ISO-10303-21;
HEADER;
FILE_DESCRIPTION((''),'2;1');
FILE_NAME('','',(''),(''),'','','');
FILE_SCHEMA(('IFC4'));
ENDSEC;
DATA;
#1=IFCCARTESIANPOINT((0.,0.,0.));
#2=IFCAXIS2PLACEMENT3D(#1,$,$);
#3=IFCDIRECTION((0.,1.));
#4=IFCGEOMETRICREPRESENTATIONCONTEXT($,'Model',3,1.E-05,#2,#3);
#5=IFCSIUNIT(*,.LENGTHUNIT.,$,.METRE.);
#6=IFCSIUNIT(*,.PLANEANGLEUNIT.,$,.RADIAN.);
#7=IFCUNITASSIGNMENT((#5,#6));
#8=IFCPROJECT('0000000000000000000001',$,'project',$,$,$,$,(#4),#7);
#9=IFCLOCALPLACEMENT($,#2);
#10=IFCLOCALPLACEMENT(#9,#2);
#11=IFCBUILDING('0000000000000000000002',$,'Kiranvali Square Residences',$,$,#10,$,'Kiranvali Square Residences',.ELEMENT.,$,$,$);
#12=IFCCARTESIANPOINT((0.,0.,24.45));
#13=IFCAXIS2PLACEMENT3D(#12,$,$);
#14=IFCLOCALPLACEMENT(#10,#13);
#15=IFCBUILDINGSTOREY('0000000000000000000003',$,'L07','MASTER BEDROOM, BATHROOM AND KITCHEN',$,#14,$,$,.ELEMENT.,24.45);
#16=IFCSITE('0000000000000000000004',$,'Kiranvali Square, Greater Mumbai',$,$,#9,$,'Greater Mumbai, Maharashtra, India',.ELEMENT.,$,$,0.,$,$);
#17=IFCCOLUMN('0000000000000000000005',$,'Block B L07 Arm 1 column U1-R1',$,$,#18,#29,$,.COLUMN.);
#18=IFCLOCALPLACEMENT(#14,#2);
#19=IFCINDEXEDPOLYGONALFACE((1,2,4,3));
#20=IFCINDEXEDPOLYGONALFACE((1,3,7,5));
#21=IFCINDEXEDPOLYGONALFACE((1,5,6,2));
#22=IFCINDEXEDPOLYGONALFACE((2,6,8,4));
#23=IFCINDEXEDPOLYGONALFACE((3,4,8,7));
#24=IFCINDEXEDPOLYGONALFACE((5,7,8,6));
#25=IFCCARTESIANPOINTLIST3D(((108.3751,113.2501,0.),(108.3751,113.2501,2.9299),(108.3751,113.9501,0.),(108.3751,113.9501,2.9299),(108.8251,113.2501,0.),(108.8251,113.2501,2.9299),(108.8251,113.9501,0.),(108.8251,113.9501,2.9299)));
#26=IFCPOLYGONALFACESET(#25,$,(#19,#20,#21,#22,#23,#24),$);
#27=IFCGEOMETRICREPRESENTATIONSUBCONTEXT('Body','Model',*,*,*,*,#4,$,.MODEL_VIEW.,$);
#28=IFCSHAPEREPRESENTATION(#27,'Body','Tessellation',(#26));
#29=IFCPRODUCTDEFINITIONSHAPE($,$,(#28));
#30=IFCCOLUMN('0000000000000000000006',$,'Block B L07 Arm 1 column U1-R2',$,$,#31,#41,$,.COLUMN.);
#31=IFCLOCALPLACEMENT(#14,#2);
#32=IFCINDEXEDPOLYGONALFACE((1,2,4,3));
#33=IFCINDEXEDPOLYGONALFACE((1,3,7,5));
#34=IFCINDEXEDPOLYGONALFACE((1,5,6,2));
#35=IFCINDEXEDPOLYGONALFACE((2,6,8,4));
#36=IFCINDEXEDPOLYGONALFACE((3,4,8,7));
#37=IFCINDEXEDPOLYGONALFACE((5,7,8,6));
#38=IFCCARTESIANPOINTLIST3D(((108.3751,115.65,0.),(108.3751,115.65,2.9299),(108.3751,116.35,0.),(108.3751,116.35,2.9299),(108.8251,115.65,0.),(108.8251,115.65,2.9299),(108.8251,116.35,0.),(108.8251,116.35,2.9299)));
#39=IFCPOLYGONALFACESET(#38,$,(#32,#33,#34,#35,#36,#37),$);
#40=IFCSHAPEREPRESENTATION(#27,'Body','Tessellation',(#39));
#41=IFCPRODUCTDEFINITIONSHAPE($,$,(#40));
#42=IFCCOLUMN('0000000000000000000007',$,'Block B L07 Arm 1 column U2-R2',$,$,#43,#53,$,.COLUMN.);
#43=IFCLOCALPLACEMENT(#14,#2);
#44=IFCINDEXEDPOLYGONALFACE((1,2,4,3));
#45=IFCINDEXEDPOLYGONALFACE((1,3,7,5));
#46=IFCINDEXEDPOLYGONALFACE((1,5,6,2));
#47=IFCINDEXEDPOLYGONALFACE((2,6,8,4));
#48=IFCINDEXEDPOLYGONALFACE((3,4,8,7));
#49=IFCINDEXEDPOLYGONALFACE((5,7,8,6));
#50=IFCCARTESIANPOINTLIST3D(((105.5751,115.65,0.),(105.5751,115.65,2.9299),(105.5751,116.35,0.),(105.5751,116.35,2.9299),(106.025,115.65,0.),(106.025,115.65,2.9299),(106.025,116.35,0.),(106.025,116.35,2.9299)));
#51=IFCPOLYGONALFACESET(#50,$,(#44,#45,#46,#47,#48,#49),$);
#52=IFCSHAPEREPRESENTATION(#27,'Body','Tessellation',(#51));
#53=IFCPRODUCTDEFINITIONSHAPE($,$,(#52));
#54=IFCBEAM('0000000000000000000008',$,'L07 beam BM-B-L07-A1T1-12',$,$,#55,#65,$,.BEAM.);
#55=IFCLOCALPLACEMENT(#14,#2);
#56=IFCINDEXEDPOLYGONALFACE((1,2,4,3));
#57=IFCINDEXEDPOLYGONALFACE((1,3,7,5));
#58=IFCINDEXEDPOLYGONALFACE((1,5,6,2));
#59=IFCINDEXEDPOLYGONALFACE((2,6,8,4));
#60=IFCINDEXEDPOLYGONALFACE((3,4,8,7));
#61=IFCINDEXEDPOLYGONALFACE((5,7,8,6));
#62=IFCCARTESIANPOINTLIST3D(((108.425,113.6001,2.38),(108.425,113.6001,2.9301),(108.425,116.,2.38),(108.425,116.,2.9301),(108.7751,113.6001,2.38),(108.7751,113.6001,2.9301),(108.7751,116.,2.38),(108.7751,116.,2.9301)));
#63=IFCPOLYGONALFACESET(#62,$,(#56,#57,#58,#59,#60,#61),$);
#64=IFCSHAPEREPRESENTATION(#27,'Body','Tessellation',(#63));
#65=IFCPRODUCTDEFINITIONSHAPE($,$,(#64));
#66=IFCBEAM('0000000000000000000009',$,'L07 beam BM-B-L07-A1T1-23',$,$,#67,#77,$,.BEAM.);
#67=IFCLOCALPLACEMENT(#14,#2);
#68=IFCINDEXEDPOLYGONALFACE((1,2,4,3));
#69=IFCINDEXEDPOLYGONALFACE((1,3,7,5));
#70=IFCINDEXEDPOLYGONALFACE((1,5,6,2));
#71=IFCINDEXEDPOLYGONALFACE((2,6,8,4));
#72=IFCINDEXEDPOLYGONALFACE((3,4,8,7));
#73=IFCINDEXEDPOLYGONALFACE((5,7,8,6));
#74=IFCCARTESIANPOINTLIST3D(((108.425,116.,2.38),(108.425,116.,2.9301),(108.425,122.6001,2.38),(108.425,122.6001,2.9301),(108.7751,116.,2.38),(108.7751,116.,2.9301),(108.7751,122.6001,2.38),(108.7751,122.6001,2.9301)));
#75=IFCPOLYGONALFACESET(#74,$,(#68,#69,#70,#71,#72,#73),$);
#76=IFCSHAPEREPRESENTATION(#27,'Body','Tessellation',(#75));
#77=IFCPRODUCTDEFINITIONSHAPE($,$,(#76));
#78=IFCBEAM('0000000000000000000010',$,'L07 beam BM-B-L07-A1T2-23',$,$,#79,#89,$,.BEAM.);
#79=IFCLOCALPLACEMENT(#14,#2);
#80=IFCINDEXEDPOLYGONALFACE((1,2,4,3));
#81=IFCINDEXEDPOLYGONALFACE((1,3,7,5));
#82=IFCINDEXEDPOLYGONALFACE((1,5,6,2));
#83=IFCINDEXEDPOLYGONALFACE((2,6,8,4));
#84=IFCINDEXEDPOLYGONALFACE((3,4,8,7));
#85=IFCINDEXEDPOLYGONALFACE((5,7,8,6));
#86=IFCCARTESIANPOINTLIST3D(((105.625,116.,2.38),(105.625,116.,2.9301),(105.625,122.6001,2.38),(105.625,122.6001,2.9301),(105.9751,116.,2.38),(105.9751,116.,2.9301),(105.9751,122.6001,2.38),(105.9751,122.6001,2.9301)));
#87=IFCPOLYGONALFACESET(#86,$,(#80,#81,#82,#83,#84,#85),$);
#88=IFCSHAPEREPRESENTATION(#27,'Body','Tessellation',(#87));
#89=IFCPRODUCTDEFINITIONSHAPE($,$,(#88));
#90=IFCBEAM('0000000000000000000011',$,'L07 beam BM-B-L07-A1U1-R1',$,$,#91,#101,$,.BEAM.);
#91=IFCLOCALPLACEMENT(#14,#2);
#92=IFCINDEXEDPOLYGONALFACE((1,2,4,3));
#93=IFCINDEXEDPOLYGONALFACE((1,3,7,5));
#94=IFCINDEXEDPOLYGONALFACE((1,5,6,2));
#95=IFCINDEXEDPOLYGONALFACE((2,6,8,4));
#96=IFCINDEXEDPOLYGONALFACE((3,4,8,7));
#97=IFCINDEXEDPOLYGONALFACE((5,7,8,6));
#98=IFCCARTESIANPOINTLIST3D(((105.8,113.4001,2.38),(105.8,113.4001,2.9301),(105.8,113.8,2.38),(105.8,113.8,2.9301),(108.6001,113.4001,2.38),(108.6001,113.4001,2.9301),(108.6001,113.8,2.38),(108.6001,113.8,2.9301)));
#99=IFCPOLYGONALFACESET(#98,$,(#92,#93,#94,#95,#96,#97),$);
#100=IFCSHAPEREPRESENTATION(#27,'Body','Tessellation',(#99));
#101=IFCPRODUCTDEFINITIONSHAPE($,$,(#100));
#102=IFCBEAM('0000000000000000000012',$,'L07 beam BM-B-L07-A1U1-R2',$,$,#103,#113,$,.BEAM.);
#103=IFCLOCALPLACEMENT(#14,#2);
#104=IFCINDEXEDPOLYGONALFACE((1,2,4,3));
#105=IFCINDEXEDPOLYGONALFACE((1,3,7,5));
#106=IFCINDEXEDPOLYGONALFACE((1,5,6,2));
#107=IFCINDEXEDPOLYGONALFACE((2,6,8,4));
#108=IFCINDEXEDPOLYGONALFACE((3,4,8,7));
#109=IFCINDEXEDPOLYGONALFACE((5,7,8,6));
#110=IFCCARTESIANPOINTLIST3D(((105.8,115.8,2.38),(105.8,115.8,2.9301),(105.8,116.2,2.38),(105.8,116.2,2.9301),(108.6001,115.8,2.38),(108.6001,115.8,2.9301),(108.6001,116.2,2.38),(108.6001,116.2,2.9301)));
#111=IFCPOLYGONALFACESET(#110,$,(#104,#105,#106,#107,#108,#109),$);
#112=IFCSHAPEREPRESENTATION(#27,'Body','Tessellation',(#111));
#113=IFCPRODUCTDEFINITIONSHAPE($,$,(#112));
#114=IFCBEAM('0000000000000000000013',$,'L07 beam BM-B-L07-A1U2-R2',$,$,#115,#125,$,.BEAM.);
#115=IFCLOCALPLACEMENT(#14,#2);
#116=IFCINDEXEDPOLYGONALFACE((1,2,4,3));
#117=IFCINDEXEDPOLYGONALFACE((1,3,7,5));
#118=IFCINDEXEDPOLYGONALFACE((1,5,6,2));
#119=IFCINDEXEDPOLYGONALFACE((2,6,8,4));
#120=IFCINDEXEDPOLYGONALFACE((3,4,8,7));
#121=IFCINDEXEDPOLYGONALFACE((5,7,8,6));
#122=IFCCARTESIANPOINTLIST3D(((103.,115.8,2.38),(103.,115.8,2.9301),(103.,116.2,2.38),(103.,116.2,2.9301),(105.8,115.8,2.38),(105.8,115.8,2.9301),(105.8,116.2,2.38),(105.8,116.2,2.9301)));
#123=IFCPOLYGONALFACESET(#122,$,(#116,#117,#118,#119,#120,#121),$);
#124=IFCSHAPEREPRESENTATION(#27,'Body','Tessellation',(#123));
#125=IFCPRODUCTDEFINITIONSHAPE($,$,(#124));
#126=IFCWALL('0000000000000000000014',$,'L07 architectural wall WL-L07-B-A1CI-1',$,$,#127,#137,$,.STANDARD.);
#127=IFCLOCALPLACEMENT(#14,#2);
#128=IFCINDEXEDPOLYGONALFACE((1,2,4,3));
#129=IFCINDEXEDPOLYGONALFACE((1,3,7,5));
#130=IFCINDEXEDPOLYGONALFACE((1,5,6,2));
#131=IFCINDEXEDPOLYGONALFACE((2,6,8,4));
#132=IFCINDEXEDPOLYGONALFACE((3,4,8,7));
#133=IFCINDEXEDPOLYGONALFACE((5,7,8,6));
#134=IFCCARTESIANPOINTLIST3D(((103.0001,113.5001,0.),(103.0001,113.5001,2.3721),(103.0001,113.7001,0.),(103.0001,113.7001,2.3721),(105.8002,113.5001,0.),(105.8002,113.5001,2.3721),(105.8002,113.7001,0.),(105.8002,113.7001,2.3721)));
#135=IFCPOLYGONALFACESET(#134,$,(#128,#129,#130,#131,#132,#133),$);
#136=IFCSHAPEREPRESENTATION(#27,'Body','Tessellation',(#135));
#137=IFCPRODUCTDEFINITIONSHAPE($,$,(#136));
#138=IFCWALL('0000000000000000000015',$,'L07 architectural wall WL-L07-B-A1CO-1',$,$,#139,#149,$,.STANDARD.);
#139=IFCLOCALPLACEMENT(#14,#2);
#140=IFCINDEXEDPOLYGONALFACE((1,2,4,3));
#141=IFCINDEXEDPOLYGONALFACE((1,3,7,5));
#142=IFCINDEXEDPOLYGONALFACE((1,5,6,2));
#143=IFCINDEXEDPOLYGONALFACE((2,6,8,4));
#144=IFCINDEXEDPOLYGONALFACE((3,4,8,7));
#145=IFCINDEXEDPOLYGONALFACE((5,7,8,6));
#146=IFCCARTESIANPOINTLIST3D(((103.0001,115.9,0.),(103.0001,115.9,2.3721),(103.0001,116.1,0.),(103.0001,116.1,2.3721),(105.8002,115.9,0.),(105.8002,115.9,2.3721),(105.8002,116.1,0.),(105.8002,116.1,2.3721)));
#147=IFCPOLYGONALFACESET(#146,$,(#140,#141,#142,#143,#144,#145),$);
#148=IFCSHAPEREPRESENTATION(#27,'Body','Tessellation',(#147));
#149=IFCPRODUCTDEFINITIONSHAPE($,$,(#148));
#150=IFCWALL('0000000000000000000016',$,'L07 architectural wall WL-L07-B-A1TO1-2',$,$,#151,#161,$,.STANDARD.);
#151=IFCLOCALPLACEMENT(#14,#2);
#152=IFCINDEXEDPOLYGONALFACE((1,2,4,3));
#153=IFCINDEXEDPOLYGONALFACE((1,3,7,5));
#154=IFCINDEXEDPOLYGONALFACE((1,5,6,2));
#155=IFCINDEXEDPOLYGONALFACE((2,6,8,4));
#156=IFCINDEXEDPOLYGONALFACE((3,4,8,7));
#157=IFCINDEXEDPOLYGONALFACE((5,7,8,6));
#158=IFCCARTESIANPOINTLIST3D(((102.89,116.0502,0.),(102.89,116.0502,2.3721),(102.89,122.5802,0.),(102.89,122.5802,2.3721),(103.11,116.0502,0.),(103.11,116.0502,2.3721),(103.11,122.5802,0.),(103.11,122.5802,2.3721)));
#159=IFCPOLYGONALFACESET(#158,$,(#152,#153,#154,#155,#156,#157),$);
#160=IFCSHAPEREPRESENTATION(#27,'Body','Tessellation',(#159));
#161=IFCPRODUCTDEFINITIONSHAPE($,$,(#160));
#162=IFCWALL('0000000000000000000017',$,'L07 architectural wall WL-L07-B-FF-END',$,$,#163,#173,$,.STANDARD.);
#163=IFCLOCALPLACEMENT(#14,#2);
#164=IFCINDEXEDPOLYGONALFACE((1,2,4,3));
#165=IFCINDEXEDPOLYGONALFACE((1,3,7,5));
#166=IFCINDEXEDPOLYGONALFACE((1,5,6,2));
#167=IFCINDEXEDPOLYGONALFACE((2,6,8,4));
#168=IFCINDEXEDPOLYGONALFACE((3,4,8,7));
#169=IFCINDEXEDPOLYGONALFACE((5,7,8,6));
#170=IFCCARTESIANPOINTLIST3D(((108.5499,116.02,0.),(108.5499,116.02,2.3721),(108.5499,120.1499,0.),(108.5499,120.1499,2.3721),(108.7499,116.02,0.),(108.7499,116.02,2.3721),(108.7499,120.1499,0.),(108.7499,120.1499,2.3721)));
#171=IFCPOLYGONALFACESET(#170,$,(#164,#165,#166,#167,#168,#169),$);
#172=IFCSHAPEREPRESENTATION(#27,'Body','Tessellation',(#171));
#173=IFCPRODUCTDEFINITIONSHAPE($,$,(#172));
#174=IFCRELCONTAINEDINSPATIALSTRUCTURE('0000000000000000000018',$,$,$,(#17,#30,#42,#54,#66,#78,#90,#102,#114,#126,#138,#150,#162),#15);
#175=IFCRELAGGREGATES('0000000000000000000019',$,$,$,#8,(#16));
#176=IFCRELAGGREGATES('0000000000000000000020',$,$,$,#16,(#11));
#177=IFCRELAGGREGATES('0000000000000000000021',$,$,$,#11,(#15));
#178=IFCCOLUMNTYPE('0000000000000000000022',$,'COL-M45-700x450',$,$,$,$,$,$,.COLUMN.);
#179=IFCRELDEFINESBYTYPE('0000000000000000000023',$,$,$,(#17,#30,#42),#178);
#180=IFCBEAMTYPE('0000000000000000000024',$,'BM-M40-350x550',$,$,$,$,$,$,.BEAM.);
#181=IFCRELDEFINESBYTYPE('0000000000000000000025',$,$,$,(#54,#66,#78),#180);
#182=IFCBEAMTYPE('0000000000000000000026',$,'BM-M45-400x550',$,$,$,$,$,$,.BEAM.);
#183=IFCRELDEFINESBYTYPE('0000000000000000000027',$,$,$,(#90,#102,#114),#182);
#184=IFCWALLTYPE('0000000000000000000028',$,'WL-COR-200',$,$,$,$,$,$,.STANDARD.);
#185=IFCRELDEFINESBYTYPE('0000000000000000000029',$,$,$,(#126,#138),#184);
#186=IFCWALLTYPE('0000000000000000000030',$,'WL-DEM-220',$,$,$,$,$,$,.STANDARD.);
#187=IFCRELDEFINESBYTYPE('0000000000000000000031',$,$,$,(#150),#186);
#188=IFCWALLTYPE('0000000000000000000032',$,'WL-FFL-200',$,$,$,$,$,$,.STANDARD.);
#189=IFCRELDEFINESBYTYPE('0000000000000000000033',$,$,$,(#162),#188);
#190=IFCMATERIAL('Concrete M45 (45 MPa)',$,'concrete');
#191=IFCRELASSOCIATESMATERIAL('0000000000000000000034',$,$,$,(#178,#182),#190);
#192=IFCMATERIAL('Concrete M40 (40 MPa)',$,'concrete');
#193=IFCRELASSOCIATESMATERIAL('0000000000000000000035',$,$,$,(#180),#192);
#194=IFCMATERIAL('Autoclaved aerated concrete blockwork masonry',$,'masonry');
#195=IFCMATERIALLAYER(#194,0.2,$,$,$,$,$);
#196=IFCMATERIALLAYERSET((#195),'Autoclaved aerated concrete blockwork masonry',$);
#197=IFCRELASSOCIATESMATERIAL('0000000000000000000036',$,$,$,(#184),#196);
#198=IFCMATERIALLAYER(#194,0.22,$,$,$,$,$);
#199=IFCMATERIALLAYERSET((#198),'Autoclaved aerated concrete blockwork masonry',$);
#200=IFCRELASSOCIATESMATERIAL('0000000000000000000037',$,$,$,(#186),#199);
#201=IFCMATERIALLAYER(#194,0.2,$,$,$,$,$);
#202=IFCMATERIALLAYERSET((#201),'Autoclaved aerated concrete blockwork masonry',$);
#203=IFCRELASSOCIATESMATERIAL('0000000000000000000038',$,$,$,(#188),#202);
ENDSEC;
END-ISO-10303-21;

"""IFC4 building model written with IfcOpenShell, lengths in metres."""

from ifc_helpers import new_model, si_unit, direction, frame, frame_2d, origin, origin_2d, place, context, subcontext, project, spatial, rectangle, extrude, material, layer, layer_set, material_profile, profile_set, type_object, element, save


model = new_model("IFC4")

# Units and contexts
model_context = context("Model", 3, precision=1e-05, world=origin(), true_north=direction((0.0, 1.0)))
body_context = subcontext(model_context, "Body", "Model", "MODEL_VIEW")
ifc_project = project(units=[si_unit("LENGTHUNIT", "METRE"), si_unit("PLANEANGLEUNIT", "RADIAN")], contexts=[model_context])

# Site, building, storey
site_placement = place(None, origin())
site = spatial("IfcSite", under=ifc_project, at=site_placement, Name="Kiranvali Square, Greater Mumbai", LongName="Greater Mumbai, Maharashtra, India", CompositionType="ELEMENT", RefElevation=0.0)
building_placement = place(site_placement, origin())
building = spatial("IfcBuilding", under=site, at=building_placement, Name="Kiranvali Square Residences", LongName="Kiranvali Square Residences", CompositionType="ELEMENT")
storey_placement = place(building_placement, frame((0.0, 0.0, 24.45)))
storey = spatial("IfcBuildingStorey", under=building, at=storey_placement, Name="L07", Description="MASTER BEDROOM, BATHROOM AND KITCHEN", CompositionType="ELEMENT", Elevation=24.45)

# Columns
ifc_material_1 = material(Name="Concrete M45 (45 MPa)", Category="concrete")
ifc_material_profile_1 = material_profile(ifc_material_1, rectangle(XDim=0.45, YDim=0.7, at=origin_2d()), Name="RC 700x450")
ifc_profile_set_1 = profile_set([ifc_material_profile_1], Name="Concrete M45 (45 MPa)")
column_type = type_object("IfcColumnType", Name="COL-M45-700x450", PredefinedType="COLUMN", material=ifc_profile_set_1)
for number, where, z_axis, x_axis, name in (
    (1, (108.6001, 113.6001, 0.0), (0.0, 0.0, 1.0), (1.0, 0.0, 0.0), "Block B L07 Arm 1 column U1-R1"),
    (2, (108.6001, 116.0, 0.0), (0.0, 0.0, 1.0), (1.0, 0.0, 0.0), "Block B L07 Arm 1 column U1-R2"),
    (3, (105.8, 116.0, 0.0), (0.0, 0.0, 1.0), (1.0, 0.0, 0.0), "Block B L07 Arm 1 column U2-R2"),
):
    element("IfcColumn", number, at=place(storey_placement, frame(where, z_axis=z_axis, x_axis=x_axis)), inside=storey, type_object=column_type, Name=name, PredefinedType="COLUMN", context=body_context, shape_type="SweptSolid", body=[
        extrude(rectangle(XDim=0.45, YDim=0.7, at=origin_2d()), origin(), (0.0, 0.0, 1.0), 2.9299),
    ])

# Beams
ifc_material_2 = material(Name="Concrete M40 (40 MPa)", Category="concrete")
ifc_material_profile_2 = material_profile(ifc_material_2, rectangle(XDim=0.3501, YDim=0.55, at=origin_2d()), Name="RC 350x550")
ifc_profile_set_2 = profile_set([ifc_material_profile_2], Name="Concrete M40 (40 MPa)")
beam_type_1 = type_object("IfcBeamType", Name="BM-M40-350x550", PredefinedType="BEAM", material=ifc_profile_set_2)
beam_placement = place(storey_placement, frame((108.6001, 113.6001, 2.655), z_axis=(0.0, 1.0, 0.0), x_axis=(-1.0, 0.0, 0.0)))
element("IfcBeam", 4, at=beam_placement, inside=storey, type_object=beam_type_1, Name="L07 beam BM-B-L07-A1T1-12", PredefinedType="BEAM", context=body_context, shape_type="SweptSolid", body=[
    extrude(rectangle(XDim=0.3501, YDim=0.55, at=origin_2d()), origin(), (0.0, 0.0, 1.0), 2.3999),
])
for number, where, z_axis, x_axis, name in (
    (5, (108.6001, 116.0, 2.655), (0.0, 1.0, 0.0), (-1.0, 0.0, 0.0), "L07 beam BM-B-L07-A1T1-23"),
    (6, (105.8, 116.0, 2.655), (0.0, 1.0, 0.0), (-1.0, 0.0, 0.0), "L07 beam BM-B-L07-A1T2-23"),
):
    element("IfcBeam", number, at=place(storey_placement, frame(where, z_axis=z_axis, x_axis=x_axis)), inside=storey, type_object=beam_type_1, Name=name, PredefinedType="BEAM", context=body_context, shape_type="SweptSolid", body=[
        extrude(rectangle(XDim=0.3501, YDim=0.55, at=origin_2d()), origin(), (0.0, 0.0, 1.0), 6.6001),
    ])
ifc_material_profile_3 = material_profile(ifc_material_1, rectangle(XDim=0.3999, YDim=0.55, at=origin_2d()), Name="RC 400x550")
ifc_profile_set_3 = profile_set([ifc_material_profile_3], Name="Concrete M45 (45 MPa)")
beam_type_2 = type_object("IfcBeamType", Name="BM-M45-400x550", PredefinedType="BEAM", material=ifc_profile_set_3)
for number, where, z_axis, x_axis, name in (
    (7, (108.6001, 113.6001, 2.655), (-1.0, 0.0, 0.0), (0.0, -1.0, 0.0), "L07 beam BM-B-L07-A1U1-R1"),
    (8, (108.6001, 116.0, 2.655), (-1.0, 0.0, 0.0), (0.0, -1.0, 0.0), "L07 beam BM-B-L07-A1U1-R2"),
    (9, (105.8, 116.0, 2.655), (-1.0, 0.0, 0.0), (0.0, -1.0, 0.0), "L07 beam BM-B-L07-A1U2-R2"),
):
    element("IfcBeam", number, at=place(storey_placement, frame(where, z_axis=z_axis, x_axis=x_axis)), inside=storey, type_object=beam_type_2, Name=name, PredefinedType="BEAM", context=body_context, shape_type="SweptSolid", body=[
        extrude(rectangle(XDim=0.3999, YDim=0.55, at=origin_2d()), origin(), (0.0, 0.0, 1.0), 2.8),
    ])

# Shared definitions
ifc_material_3 = material(Name="Autoclaved aerated concrete blockwork masonry", Category="masonry")
ifc_layer_1 = layer(ifc_material_3, 0.2)
ifc_layer_set_1 = layer_set([ifc_layer_1], Name="Autoclaved aerated concrete blockwork masonry")
wall_type_1 = type_object("IfcWallType", Name="WL-COR-200", PredefinedType="STANDARD", material=ifc_layer_set_1)

# Walls
for number, where, z_axis, x_axis, name in (
    (10, (105.8, 113.6001, 0.0), (0.0, 0.0, 1.0), (-1.0, 0.0, 0.0), "L07 architectural wall WL-L07-B-A1CI-1"),
    (11, (105.8, 116.0, 0.0), (0.0, 0.0, 1.0), (-1.0, 0.0, 0.0), "L07 architectural wall WL-L07-B-A1CO-1"),
):
    element("IfcWall", number, at=place(storey_placement, frame(where, z_axis=z_axis, x_axis=x_axis)), inside=storey, type_object=wall_type_1, Name=name, PredefinedType="STANDARD", context=body_context, shape_type="SweptSolid", body=[
        extrude(rectangle(XDim=2.8, YDim=0.2, at=frame_2d((1.3999, 0.0))), origin(), (0.0, 0.0, 1.0), 2.3721),
    ])

# Walls
ifc_layer_2 = layer(ifc_material_3, 0.22)
ifc_layer_set_2 = layer_set([ifc_layer_2], Name="Autoclaved aerated concrete blockwork masonry")
wall_type_2 = type_object("IfcWallType", Name="WL-DEM-220", PredefinedType="STANDARD", material=ifc_layer_set_2)
wall_1_placement = place(storey_placement, frame((103.0, 116.05, 0.0), z_axis=(0.0, 0.0, 1.0), x_axis=(0.0, 1.0, 0.0)))
element("IfcWall", 12, at=wall_1_placement, inside=storey, type_object=wall_type_2, Name="L07 architectural wall WL-L07-B-A1TO1-2", PredefinedType="STANDARD", context=body_context, shape_type="SweptSolid", body=[
    extrude(rectangle(XDim=6.53, YDim=0.22, at=frame_2d((3.2651, 0.0))), origin(), (0.0, 0.0, 1.0), 2.3721),
])
ifc_layer_3 = layer(ifc_material_3, 0.2)
ifc_layer_set_3 = layer_set([ifc_layer_3], Name="Autoclaved aerated concrete blockwork masonry")
wall_type_3 = type_object("IfcWallType", Name="WL-FFL-200", PredefinedType="STANDARD", material=ifc_layer_set_3)
wall_2_placement = place(storey_placement, frame((108.6499, 116.02, 0.0), z_axis=(0.0, 0.0, 1.0), x_axis=(0.0, 1.0, 0.0)))
element("IfcWall", 13, at=wall_2_placement, inside=storey, type_object=wall_type_3, Name="L07 architectural wall WL-L07-B-FF-END", PredefinedType="STANDARD", context=body_context, shape_type="SweptSolid", body=[
    extrude(rectangle(XDim=4.1299, YDim=0.2, at=frame_2d((2.0649, 0.0))), origin(), (0.0, 0.0, 1.0), 2.3721),
])

save(model, "model.ifc")
